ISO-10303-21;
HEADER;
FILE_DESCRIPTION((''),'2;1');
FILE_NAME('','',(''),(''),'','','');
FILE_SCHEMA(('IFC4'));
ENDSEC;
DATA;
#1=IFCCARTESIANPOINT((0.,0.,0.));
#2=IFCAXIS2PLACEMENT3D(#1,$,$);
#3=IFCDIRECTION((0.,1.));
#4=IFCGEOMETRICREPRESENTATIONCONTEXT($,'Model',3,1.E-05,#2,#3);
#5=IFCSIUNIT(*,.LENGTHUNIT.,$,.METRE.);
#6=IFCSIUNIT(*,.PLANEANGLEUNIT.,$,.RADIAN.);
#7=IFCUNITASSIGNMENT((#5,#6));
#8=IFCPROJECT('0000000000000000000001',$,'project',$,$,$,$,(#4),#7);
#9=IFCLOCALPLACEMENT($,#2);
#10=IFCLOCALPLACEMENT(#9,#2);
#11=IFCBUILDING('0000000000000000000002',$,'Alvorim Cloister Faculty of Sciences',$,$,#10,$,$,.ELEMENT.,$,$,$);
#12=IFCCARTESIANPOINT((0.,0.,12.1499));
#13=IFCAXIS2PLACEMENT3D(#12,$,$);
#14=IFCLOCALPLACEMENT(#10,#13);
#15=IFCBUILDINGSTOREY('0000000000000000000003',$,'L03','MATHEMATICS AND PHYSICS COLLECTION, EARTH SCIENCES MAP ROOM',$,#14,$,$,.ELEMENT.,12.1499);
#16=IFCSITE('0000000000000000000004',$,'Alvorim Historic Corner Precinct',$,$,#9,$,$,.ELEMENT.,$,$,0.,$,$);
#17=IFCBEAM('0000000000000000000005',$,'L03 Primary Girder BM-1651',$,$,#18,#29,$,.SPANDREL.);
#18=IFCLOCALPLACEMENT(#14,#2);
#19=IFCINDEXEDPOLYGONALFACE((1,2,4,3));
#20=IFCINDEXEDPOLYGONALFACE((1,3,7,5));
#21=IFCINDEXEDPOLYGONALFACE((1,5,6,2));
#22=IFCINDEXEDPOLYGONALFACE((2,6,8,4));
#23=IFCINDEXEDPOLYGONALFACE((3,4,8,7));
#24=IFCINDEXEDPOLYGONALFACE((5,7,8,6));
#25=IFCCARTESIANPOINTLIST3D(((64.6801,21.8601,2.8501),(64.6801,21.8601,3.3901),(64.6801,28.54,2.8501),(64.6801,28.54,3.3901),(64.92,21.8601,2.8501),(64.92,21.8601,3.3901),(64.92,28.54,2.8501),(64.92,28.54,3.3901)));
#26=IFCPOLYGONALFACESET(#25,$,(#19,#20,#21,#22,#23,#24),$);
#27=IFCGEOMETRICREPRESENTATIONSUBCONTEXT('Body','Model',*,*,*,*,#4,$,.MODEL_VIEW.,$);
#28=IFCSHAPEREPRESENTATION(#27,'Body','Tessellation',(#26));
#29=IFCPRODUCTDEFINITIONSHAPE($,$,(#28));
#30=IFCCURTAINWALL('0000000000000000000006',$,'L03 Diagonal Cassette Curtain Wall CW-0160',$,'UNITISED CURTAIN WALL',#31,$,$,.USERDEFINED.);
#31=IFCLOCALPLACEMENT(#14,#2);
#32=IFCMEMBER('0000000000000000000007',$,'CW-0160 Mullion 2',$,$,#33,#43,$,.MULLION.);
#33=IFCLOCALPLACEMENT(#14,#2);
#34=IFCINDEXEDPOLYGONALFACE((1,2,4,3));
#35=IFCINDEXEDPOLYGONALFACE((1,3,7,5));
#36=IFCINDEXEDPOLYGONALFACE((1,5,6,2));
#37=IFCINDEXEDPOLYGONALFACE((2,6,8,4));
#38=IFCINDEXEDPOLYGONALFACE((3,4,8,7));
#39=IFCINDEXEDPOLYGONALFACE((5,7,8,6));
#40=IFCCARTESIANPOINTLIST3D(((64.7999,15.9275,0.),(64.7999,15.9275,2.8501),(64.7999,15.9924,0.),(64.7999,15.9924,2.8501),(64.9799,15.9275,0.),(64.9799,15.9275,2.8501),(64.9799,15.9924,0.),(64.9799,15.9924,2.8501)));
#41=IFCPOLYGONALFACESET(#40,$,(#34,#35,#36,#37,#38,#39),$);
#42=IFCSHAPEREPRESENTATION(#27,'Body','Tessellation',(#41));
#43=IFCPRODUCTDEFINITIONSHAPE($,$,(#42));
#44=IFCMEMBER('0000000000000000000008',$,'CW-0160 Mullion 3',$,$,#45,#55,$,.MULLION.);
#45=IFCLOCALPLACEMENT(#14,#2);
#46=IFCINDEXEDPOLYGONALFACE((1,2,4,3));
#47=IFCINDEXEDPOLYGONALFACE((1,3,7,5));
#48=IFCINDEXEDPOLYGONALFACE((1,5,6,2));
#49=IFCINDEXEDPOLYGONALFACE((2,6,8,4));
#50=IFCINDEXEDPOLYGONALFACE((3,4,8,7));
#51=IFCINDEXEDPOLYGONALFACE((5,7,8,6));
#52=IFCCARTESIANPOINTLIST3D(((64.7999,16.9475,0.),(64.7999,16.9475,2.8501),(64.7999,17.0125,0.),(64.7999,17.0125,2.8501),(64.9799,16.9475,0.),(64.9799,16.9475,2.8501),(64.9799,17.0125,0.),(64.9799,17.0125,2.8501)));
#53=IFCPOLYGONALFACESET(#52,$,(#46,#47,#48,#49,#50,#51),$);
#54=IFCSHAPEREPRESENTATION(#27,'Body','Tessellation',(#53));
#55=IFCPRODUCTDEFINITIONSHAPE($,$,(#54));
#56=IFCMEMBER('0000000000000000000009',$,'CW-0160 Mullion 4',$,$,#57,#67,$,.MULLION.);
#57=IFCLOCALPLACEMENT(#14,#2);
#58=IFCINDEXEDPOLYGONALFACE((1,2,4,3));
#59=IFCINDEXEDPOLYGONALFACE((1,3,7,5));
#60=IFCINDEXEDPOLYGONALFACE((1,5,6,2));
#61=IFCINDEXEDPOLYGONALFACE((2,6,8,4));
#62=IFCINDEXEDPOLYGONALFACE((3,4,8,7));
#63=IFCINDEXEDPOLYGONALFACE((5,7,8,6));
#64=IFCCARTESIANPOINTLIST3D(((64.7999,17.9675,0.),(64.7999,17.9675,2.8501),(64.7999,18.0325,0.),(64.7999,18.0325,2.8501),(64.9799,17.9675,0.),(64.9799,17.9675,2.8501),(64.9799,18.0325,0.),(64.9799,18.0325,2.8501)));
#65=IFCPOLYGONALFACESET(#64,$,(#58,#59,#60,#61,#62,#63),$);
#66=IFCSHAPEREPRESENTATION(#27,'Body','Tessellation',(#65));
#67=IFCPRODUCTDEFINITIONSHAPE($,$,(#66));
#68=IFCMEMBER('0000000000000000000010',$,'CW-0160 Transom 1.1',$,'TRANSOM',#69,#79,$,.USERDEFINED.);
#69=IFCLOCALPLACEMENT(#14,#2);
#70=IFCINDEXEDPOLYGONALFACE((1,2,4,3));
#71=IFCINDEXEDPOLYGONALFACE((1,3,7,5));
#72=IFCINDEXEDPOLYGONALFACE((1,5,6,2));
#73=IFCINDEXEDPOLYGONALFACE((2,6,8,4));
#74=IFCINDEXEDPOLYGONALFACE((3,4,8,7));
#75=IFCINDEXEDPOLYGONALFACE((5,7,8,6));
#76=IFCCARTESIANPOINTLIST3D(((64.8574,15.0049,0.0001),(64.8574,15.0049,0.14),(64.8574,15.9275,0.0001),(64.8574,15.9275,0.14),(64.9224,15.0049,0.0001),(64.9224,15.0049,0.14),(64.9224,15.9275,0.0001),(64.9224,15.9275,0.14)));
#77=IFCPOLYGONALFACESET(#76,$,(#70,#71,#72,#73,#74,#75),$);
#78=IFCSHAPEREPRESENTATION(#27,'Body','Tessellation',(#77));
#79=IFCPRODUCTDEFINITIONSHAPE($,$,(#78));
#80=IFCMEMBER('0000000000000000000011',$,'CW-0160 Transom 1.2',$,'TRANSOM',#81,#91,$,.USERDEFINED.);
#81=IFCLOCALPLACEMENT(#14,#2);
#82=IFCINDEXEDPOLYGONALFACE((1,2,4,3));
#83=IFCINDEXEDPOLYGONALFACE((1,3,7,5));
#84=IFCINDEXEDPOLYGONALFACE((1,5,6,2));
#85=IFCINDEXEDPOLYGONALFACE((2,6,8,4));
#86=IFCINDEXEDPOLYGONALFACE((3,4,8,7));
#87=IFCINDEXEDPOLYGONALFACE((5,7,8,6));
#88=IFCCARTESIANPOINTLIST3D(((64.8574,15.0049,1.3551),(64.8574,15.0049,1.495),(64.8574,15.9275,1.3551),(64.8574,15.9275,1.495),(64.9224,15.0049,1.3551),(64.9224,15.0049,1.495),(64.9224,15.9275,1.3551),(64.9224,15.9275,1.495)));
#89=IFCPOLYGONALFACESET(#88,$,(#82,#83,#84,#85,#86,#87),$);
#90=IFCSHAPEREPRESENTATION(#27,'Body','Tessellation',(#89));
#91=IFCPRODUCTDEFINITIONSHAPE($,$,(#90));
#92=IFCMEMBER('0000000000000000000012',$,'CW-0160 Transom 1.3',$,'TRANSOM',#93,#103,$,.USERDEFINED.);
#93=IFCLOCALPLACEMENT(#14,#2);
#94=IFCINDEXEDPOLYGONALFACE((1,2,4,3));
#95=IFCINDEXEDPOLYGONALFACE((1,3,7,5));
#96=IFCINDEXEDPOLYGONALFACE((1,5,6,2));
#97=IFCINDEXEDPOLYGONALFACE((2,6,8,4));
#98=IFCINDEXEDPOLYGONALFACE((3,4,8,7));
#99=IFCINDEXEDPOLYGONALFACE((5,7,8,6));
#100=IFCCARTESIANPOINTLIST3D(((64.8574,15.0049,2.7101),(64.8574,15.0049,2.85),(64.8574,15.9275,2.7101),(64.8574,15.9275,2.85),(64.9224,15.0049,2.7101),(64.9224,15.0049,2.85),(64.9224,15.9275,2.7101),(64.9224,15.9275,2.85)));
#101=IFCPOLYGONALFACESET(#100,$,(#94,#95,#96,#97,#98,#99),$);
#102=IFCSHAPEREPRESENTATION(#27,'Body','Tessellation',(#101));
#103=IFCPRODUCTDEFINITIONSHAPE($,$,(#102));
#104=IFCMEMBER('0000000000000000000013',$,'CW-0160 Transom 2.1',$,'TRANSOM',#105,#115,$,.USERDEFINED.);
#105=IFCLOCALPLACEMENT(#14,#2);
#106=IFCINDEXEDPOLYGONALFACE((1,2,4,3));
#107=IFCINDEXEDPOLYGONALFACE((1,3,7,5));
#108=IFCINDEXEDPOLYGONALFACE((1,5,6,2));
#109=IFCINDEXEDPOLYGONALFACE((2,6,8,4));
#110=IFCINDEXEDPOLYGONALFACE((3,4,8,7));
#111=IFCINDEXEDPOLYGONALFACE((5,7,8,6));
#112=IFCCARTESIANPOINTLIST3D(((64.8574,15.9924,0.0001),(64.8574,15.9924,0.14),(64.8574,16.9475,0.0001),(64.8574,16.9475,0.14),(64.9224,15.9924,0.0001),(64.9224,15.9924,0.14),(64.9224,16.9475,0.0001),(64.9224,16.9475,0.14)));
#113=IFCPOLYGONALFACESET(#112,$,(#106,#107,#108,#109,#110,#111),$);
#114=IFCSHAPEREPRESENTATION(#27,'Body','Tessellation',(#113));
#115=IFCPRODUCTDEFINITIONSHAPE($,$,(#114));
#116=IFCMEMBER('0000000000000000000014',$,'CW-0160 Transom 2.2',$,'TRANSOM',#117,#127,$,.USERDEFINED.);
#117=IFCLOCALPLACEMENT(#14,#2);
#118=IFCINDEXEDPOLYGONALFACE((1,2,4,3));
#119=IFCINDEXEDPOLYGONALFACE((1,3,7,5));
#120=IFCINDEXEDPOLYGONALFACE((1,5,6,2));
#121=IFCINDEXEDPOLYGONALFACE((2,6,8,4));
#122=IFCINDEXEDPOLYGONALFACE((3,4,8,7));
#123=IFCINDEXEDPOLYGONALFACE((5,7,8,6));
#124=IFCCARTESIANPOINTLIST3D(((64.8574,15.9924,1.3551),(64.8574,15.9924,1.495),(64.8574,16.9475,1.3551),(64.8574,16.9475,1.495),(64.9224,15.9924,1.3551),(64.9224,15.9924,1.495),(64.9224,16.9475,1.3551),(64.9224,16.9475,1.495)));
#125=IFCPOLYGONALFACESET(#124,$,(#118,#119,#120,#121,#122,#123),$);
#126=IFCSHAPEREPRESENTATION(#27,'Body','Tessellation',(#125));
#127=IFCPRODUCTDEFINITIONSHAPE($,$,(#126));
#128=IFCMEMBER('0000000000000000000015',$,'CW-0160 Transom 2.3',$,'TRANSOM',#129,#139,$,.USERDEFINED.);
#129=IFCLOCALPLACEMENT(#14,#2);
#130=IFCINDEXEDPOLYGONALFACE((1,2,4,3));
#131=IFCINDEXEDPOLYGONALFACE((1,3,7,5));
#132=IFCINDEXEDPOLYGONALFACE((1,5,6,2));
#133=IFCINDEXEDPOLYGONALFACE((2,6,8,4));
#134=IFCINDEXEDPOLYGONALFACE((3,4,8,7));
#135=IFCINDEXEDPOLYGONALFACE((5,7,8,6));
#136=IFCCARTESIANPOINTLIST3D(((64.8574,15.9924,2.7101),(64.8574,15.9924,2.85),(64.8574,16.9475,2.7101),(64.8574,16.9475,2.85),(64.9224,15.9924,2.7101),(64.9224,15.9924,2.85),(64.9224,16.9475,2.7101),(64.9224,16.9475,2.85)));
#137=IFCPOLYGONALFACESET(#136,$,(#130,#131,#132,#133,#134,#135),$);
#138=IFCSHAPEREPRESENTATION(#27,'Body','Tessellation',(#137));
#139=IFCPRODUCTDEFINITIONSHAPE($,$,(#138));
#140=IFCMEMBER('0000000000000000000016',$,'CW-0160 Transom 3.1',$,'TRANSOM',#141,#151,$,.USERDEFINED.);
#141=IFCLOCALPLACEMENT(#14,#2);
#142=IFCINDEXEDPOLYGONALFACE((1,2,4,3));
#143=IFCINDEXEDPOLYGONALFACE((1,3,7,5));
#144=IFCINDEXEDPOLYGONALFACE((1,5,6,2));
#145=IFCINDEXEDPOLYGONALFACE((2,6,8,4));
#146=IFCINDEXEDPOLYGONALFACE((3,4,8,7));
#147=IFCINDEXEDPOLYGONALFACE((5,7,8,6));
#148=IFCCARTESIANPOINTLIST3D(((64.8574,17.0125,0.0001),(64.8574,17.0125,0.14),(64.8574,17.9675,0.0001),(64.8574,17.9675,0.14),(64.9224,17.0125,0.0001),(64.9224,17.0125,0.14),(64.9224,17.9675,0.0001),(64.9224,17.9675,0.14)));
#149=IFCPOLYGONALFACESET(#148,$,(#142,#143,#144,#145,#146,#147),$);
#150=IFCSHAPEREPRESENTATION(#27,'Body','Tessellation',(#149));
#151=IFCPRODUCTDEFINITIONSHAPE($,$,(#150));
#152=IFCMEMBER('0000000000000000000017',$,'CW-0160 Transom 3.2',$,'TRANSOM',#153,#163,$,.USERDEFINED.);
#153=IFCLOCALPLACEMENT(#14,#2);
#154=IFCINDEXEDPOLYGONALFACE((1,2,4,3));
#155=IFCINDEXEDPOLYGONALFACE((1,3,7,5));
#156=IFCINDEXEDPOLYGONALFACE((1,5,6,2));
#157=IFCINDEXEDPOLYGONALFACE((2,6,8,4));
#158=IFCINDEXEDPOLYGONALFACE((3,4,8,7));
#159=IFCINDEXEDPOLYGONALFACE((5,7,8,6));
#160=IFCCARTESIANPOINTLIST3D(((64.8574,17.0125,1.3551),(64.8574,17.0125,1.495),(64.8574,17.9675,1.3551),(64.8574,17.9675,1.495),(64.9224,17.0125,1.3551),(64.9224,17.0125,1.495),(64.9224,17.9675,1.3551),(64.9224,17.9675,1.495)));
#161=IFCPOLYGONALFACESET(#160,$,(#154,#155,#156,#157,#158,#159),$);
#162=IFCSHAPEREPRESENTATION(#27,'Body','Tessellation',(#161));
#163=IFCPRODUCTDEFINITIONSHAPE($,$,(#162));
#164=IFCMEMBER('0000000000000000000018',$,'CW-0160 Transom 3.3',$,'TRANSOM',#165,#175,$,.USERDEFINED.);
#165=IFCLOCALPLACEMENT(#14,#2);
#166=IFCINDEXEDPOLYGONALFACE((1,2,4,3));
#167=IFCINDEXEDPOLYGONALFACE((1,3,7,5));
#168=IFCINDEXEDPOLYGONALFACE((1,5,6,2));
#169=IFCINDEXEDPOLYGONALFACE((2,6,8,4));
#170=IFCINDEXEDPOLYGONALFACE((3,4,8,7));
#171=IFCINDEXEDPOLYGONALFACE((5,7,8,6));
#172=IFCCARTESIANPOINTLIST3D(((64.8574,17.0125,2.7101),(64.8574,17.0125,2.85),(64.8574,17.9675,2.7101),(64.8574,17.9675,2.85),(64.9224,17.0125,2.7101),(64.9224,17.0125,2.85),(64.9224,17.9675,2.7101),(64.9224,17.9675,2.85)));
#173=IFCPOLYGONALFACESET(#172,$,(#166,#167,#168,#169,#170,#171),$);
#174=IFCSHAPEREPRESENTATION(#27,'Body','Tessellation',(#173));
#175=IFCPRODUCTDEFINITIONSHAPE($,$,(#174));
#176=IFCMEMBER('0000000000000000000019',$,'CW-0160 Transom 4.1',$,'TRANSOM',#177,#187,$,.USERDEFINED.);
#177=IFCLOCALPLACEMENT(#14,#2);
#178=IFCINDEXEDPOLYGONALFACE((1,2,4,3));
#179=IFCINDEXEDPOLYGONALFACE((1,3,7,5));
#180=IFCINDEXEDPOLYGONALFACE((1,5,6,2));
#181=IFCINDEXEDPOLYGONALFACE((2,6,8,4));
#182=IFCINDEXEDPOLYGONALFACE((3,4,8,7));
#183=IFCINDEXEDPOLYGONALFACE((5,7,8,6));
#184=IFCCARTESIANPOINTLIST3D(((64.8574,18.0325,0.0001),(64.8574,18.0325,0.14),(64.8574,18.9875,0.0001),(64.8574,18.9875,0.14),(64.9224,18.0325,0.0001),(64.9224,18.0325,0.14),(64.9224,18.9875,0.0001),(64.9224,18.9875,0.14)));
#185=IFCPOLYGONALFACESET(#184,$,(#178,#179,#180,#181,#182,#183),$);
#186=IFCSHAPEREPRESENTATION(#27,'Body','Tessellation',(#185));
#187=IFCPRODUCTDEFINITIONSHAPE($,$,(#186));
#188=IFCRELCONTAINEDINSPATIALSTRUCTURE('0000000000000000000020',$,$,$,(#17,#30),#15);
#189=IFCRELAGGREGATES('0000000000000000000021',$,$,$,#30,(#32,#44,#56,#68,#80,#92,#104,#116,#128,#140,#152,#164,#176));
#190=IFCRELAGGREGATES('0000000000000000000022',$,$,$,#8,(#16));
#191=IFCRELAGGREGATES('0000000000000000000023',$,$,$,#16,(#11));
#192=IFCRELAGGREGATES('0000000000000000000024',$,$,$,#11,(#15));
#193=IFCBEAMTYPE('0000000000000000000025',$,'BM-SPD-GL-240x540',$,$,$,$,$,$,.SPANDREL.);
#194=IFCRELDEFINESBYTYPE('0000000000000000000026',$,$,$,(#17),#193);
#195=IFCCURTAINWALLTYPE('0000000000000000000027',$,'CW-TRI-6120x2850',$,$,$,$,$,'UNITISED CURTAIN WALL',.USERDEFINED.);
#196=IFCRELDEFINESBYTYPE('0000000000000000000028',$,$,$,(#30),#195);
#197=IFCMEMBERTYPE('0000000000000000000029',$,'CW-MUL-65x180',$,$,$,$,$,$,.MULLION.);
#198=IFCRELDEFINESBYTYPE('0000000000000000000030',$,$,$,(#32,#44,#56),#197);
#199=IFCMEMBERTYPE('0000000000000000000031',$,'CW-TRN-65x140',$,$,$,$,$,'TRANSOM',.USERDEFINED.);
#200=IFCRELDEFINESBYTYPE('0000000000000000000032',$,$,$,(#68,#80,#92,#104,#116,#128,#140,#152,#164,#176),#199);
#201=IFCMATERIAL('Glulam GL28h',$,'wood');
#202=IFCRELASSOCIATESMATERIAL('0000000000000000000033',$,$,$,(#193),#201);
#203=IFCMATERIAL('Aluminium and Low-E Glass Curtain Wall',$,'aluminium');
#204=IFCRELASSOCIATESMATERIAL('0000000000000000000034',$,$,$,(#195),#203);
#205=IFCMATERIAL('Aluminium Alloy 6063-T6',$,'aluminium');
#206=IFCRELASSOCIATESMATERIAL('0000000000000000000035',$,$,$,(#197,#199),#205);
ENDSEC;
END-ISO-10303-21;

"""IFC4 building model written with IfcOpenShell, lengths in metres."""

from ifc_helpers import new_model, si_unit, direction, frame, origin, origin_2d, place, context, subcontext, project, spatial, rectangle, extrude, material, material_profile, profile_set, type_object, element, aggregate, save


model = new_model("IFC4")

# Units and contexts
model_context = context("Model", 3, precision=1e-05, world=origin(), true_north=direction((0.0, 1.0)))
body_context = subcontext(model_context, "Body", "Model", "MODEL_VIEW")
ifc_project = project(units=[si_unit("LENGTHUNIT", "METRE"), si_unit("PLANEANGLEUNIT", "RADIAN")], contexts=[model_context])

# Site, building, storey
site_placement = place(None, origin())
site = spatial("IfcSite", under=ifc_project, at=site_placement, Name="Alvorim Historic Corner Precinct", CompositionType="ELEMENT", RefElevation=0.0)
building_placement = place(site_placement, origin())
building = spatial("IfcBuilding", under=site, at=building_placement, Name="Alvorim Cloister Faculty of Sciences", CompositionType="ELEMENT")
storey_placement = place(building_placement, frame((0.0, 0.0, 12.1499)))
storey = spatial("IfcBuildingStorey", under=building, at=storey_placement, Name="L03", Description="MATHEMATICS AND PHYSICS COLLECTION, EARTH SCIENCES MAP ROOM", CompositionType="ELEMENT", Elevation=12.1499)

# Beam
ifc_material_1 = material(Name="Glulam GL28h", Category="wood")
ifc_material_profile_1 = material_profile(ifc_material_1, rectangle(XDim=0.24, YDim=0.54, at=origin_2d()), Name="GL28-SPD-240x540")
ifc_profile_set_1 = profile_set([ifc_material_profile_1], Name="Glulam GL28h")
beam_type = type_object("IfcBeamType", Name="BM-SPD-GL-240x540", PredefinedType="SPANDREL", material=ifc_profile_set_1)
beam_placement = place(storey_placement, frame((64.8, 21.8601, 3.1201), z_axis=(0.0, 1.0, 0.0), x_axis=(-1.0, 0.0, 0.0)))
element("IfcBeam", 1, at=beam_placement, inside=storey, type_object=beam_type, Name="L03 Primary Girder BM-1651", PredefinedType="SPANDREL", context=body_context, shape_type="SweptSolid", body=[
    extrude(rectangle(XDim=0.24, YDim=0.54, at=origin_2d()), origin(), (0.0, 0.0, 1.0), 6.6799),
])

# Curtain wall, members
ifc_material_2 = material(Name="Aluminium and Low-E Glass Curtain Wall", Category="aluminium")
curtain_wall_type = type_object("IfcCurtainWallType", Name="CW-TRI-6120x2850", ElementType="UNITISED CURTAIN WALL", PredefinedType="USERDEFINED", material=ifc_material_2)
curtain_wall_placement = place(storey_placement, origin())
curtain_wall = element("IfcCurtainWall", 2, at=curtain_wall_placement, inside=storey, type_object=curtain_wall_type, Name="L03 Diagonal Cassette Curtain Wall CW-0160", ObjectType="UNITISED CURTAIN WALL", PredefinedType="USERDEFINED")
ifc_material_3 = material(Name="Aluminium Alloy 6063-T6", Category="aluminium")
ifc_material_profile_2 = material_profile(ifc_material_3, rectangle(XDim=0.0649, YDim=0.1799, at=origin_2d()), Name="ALU-MUL-65x180")
ifc_profile_set_2 = profile_set([ifc_material_profile_2], Name="Aluminium Alloy 6063-T6")
member_type_1 = type_object("IfcMemberType", Name="CW-MUL-65x180", PredefinedType="MULLION", material=ifc_profile_set_2)
member_1_placement = place(storey_placement, frame((64.8899, 15.96, 0.0), z_axis=(0.0, 0.0, 1.0), x_axis=(0.0, 1.0, 0.0)))
member_1 = element("IfcMember", 3, at=member_1_placement, type_object=member_type_1, Name="CW-0160 Mullion 2", PredefinedType="MULLION", context=body_context, shape_type="SweptSolid", body=[
    extrude(rectangle(XDim=0.0649, YDim=0.1799, at=origin_2d()), origin(), (0.0, 0.0, 1.0), 2.8501),
])
member_2_placement = place(storey_placement, frame((64.8899, 16.98, 0.0), z_axis=(0.0, 0.0, 1.0), x_axis=(0.0, 1.0, 0.0)))
member_2 = element("IfcMember", 4, at=member_2_placement, type_object=member_type_1, Name="CW-0160 Mullion 3", PredefinedType="MULLION", context=body_context, shape_type="SweptSolid", body=[
    extrude(rectangle(XDim=0.0649, YDim=0.1799, at=origin_2d()), origin(), (0.0, 0.0, 1.0), 2.8501),
])
member_3_placement = place(storey_placement, frame((64.8899, 18.0, 0.0), z_axis=(0.0, 0.0, 1.0), x_axis=(0.0, 1.0, 0.0)))
member_3 = element("IfcMember", 5, at=member_3_placement, type_object=member_type_1, Name="CW-0160 Mullion 4", PredefinedType="MULLION", context=body_context, shape_type="SweptSolid", body=[
    extrude(rectangle(XDim=0.0649, YDim=0.1799, at=origin_2d()), origin(), (0.0, 0.0, 1.0), 2.8501),
])
ifc_material_profile_3 = material_profile(ifc_material_3, rectangle(XDim=0.0649, YDim=0.1399, at=origin_2d()), Name="ALU-TRN-65x140")
ifc_profile_set_3 = profile_set([ifc_material_profile_3], Name="Aluminium Alloy 6063-T6")
member_type_2 = type_object("IfcMemberType", Name="CW-TRN-65x140", ElementType="TRANSOM", PredefinedType="USERDEFINED", material=ifc_profile_set_3)
member_4_placement = place(storey_placement, frame((64.8899, 15.0049, 0.0701), z_axis=(0.0, 1.0, 0.0), x_axis=(-1.0, 0.0, 0.0)))
member_4 = element("IfcMember", 6, at=member_4_placement, type_object=member_type_2, Name="CW-0160 Transom 1.1", ObjectType="TRANSOM", PredefinedType="USERDEFINED", context=body_context, shape_type="SweptSolid", body=[
    extrude(rectangle(XDim=0.0649, YDim=0.1399, at=origin_2d()), origin(), (0.0, 0.0, 1.0), 0.9226),
])
member_5_placement = place(storey_placement, frame((64.8899, 15.0049, 1.425), z_axis=(0.0, 1.0, 0.0), x_axis=(-1.0, 0.0, 0.0)))
member_5 = element("IfcMember", 7, at=member_5_placement, type_object=member_type_2, Name="CW-0160 Transom 1.2", ObjectType="TRANSOM", PredefinedType="USERDEFINED", context=body_context, shape_type="SweptSolid", body=[
    extrude(rectangle(XDim=0.0649, YDim=0.1399, at=origin_2d()), origin(), (0.0, 0.0, 1.0), 0.9226),
])
member_6_placement = place(storey_placement, frame((64.8899, 15.0049, 2.78), z_axis=(0.0, 1.0, 0.0), x_axis=(-1.0, 0.0, 0.0)))
member_6 = element("IfcMember", 8, at=member_6_placement, type_object=member_type_2, Name="CW-0160 Transom 1.3", ObjectType="TRANSOM", PredefinedType="USERDEFINED", context=body_context, shape_type="SweptSolid", body=[
    extrude(rectangle(XDim=0.0649, YDim=0.1399, at=origin_2d()), origin(), (0.0, 0.0, 1.0), 0.9226),
])
member_7_placement = place(storey_placement, frame((64.8899, 15.9924, 0.0701), z_axis=(0.0, 1.0, 0.0), x_axis=(-1.0, 0.0, 0.0)))
member_7 = element("IfcMember", 9, at=member_7_placement, type_object=member_type_2, Name="CW-0160 Transom 2.1", ObjectType="TRANSOM", PredefinedType="USERDEFINED", context=body_context, shape_type="SweptSolid", body=[
    extrude(rectangle(XDim=0.0649, YDim=0.1399, at=origin_2d()), origin(), (0.0, 0.0, 1.0), 0.9551),
])
member_8_placement = place(storey_placement, frame((64.8899, 15.9924, 1.425), z_axis=(0.0, 1.0, 0.0), x_axis=(-1.0, 0.0, 0.0)))
member_8 = element("IfcMember", 10, at=member_8_placement, type_object=member_type_2, Name="CW-0160 Transom 2.2", ObjectType="TRANSOM", PredefinedType="USERDEFINED", context=body_context, shape_type="SweptSolid", body=[
    extrude(rectangle(XDim=0.0649, YDim=0.1399, at=origin_2d()), origin(), (0.0, 0.0, 1.0), 0.9551),
])
member_9_placement = place(storey_placement, frame((64.8899, 15.9924, 2.78), z_axis=(0.0, 1.0, 0.0), x_axis=(-1.0, 0.0, 0.0)))
member_9 = element("IfcMember", 11, at=member_9_placement, type_object=member_type_2, Name="CW-0160 Transom 2.3", ObjectType="TRANSOM", PredefinedType="USERDEFINED", context=body_context, shape_type="SweptSolid", body=[
    extrude(rectangle(XDim=0.0649, YDim=0.1399, at=origin_2d()), origin(), (0.0, 0.0, 1.0), 0.9551),
])
member_10_placement = place(storey_placement, frame((64.8899, 17.0125, 0.0701), z_axis=(0.0, 1.0, 0.0), x_axis=(-1.0, 0.0, 0.0)))
member_10 = element("IfcMember", 12, at=member_10_placement, type_object=member_type_2, Name="CW-0160 Transom 3.1", ObjectType="TRANSOM", PredefinedType="USERDEFINED", context=body_context, shape_type="SweptSolid", body=[
    extrude(rectangle(XDim=0.0649, YDim=0.1399, at=origin_2d()), origin(), (0.0, 0.0, 1.0), 0.9551),
])
member_11_placement = place(storey_placement, frame((64.8899, 17.0125, 1.425), z_axis=(0.0, 1.0, 0.0), x_axis=(-1.0, 0.0, 0.0)))
member_11 = element("IfcMember", 13, at=member_11_placement, type_object=member_type_2, Name="CW-0160 Transom 3.2", ObjectType="TRANSOM", PredefinedType="USERDEFINED", context=body_context, shape_type="SweptSolid", body=[
    extrude(rectangle(XDim=0.0649, YDim=0.1399, at=origin_2d()), origin(), (0.0, 0.0, 1.0), 0.9551),
])
member_12_placement = place(storey_placement, frame((64.8899, 17.0125, 2.78), z_axis=(0.0, 1.0, 0.0), x_axis=(-1.0, 0.0, 0.0)))
member_12 = element("IfcMember", 14, at=member_12_placement, type_object=member_type_2, Name="CW-0160 Transom 3.3", ObjectType="TRANSOM", PredefinedType="USERDEFINED", context=body_context, shape_type="SweptSolid", body=[
    extrude(rectangle(XDim=0.0649, YDim=0.1399, at=origin_2d()), origin(), (0.0, 0.0, 1.0), 0.9551),
])
member_13_placement = place(storey_placement, frame((64.8899, 18.0325, 0.0701), z_axis=(0.0, 1.0, 0.0), x_axis=(-1.0, 0.0, 0.0)))
member_13 = element("IfcMember", 15, at=member_13_placement, type_object=member_type_2, Name="CW-0160 Transom 4.1", ObjectType="TRANSOM", PredefinedType="USERDEFINED", context=body_context, shape_type="SweptSolid", body=[
    extrude(rectangle(XDim=0.0649, YDim=0.1399, at=origin_2d()), origin(), (0.0, 0.0, 1.0), 0.9551),
])
aggregate(curtain_wall, [member_1, member_2, member_3, member_4, member_5, member_6, member_7, member_8, member_9, member_10, member_11, member_12, member_13])

save(model, "model.ifc")
